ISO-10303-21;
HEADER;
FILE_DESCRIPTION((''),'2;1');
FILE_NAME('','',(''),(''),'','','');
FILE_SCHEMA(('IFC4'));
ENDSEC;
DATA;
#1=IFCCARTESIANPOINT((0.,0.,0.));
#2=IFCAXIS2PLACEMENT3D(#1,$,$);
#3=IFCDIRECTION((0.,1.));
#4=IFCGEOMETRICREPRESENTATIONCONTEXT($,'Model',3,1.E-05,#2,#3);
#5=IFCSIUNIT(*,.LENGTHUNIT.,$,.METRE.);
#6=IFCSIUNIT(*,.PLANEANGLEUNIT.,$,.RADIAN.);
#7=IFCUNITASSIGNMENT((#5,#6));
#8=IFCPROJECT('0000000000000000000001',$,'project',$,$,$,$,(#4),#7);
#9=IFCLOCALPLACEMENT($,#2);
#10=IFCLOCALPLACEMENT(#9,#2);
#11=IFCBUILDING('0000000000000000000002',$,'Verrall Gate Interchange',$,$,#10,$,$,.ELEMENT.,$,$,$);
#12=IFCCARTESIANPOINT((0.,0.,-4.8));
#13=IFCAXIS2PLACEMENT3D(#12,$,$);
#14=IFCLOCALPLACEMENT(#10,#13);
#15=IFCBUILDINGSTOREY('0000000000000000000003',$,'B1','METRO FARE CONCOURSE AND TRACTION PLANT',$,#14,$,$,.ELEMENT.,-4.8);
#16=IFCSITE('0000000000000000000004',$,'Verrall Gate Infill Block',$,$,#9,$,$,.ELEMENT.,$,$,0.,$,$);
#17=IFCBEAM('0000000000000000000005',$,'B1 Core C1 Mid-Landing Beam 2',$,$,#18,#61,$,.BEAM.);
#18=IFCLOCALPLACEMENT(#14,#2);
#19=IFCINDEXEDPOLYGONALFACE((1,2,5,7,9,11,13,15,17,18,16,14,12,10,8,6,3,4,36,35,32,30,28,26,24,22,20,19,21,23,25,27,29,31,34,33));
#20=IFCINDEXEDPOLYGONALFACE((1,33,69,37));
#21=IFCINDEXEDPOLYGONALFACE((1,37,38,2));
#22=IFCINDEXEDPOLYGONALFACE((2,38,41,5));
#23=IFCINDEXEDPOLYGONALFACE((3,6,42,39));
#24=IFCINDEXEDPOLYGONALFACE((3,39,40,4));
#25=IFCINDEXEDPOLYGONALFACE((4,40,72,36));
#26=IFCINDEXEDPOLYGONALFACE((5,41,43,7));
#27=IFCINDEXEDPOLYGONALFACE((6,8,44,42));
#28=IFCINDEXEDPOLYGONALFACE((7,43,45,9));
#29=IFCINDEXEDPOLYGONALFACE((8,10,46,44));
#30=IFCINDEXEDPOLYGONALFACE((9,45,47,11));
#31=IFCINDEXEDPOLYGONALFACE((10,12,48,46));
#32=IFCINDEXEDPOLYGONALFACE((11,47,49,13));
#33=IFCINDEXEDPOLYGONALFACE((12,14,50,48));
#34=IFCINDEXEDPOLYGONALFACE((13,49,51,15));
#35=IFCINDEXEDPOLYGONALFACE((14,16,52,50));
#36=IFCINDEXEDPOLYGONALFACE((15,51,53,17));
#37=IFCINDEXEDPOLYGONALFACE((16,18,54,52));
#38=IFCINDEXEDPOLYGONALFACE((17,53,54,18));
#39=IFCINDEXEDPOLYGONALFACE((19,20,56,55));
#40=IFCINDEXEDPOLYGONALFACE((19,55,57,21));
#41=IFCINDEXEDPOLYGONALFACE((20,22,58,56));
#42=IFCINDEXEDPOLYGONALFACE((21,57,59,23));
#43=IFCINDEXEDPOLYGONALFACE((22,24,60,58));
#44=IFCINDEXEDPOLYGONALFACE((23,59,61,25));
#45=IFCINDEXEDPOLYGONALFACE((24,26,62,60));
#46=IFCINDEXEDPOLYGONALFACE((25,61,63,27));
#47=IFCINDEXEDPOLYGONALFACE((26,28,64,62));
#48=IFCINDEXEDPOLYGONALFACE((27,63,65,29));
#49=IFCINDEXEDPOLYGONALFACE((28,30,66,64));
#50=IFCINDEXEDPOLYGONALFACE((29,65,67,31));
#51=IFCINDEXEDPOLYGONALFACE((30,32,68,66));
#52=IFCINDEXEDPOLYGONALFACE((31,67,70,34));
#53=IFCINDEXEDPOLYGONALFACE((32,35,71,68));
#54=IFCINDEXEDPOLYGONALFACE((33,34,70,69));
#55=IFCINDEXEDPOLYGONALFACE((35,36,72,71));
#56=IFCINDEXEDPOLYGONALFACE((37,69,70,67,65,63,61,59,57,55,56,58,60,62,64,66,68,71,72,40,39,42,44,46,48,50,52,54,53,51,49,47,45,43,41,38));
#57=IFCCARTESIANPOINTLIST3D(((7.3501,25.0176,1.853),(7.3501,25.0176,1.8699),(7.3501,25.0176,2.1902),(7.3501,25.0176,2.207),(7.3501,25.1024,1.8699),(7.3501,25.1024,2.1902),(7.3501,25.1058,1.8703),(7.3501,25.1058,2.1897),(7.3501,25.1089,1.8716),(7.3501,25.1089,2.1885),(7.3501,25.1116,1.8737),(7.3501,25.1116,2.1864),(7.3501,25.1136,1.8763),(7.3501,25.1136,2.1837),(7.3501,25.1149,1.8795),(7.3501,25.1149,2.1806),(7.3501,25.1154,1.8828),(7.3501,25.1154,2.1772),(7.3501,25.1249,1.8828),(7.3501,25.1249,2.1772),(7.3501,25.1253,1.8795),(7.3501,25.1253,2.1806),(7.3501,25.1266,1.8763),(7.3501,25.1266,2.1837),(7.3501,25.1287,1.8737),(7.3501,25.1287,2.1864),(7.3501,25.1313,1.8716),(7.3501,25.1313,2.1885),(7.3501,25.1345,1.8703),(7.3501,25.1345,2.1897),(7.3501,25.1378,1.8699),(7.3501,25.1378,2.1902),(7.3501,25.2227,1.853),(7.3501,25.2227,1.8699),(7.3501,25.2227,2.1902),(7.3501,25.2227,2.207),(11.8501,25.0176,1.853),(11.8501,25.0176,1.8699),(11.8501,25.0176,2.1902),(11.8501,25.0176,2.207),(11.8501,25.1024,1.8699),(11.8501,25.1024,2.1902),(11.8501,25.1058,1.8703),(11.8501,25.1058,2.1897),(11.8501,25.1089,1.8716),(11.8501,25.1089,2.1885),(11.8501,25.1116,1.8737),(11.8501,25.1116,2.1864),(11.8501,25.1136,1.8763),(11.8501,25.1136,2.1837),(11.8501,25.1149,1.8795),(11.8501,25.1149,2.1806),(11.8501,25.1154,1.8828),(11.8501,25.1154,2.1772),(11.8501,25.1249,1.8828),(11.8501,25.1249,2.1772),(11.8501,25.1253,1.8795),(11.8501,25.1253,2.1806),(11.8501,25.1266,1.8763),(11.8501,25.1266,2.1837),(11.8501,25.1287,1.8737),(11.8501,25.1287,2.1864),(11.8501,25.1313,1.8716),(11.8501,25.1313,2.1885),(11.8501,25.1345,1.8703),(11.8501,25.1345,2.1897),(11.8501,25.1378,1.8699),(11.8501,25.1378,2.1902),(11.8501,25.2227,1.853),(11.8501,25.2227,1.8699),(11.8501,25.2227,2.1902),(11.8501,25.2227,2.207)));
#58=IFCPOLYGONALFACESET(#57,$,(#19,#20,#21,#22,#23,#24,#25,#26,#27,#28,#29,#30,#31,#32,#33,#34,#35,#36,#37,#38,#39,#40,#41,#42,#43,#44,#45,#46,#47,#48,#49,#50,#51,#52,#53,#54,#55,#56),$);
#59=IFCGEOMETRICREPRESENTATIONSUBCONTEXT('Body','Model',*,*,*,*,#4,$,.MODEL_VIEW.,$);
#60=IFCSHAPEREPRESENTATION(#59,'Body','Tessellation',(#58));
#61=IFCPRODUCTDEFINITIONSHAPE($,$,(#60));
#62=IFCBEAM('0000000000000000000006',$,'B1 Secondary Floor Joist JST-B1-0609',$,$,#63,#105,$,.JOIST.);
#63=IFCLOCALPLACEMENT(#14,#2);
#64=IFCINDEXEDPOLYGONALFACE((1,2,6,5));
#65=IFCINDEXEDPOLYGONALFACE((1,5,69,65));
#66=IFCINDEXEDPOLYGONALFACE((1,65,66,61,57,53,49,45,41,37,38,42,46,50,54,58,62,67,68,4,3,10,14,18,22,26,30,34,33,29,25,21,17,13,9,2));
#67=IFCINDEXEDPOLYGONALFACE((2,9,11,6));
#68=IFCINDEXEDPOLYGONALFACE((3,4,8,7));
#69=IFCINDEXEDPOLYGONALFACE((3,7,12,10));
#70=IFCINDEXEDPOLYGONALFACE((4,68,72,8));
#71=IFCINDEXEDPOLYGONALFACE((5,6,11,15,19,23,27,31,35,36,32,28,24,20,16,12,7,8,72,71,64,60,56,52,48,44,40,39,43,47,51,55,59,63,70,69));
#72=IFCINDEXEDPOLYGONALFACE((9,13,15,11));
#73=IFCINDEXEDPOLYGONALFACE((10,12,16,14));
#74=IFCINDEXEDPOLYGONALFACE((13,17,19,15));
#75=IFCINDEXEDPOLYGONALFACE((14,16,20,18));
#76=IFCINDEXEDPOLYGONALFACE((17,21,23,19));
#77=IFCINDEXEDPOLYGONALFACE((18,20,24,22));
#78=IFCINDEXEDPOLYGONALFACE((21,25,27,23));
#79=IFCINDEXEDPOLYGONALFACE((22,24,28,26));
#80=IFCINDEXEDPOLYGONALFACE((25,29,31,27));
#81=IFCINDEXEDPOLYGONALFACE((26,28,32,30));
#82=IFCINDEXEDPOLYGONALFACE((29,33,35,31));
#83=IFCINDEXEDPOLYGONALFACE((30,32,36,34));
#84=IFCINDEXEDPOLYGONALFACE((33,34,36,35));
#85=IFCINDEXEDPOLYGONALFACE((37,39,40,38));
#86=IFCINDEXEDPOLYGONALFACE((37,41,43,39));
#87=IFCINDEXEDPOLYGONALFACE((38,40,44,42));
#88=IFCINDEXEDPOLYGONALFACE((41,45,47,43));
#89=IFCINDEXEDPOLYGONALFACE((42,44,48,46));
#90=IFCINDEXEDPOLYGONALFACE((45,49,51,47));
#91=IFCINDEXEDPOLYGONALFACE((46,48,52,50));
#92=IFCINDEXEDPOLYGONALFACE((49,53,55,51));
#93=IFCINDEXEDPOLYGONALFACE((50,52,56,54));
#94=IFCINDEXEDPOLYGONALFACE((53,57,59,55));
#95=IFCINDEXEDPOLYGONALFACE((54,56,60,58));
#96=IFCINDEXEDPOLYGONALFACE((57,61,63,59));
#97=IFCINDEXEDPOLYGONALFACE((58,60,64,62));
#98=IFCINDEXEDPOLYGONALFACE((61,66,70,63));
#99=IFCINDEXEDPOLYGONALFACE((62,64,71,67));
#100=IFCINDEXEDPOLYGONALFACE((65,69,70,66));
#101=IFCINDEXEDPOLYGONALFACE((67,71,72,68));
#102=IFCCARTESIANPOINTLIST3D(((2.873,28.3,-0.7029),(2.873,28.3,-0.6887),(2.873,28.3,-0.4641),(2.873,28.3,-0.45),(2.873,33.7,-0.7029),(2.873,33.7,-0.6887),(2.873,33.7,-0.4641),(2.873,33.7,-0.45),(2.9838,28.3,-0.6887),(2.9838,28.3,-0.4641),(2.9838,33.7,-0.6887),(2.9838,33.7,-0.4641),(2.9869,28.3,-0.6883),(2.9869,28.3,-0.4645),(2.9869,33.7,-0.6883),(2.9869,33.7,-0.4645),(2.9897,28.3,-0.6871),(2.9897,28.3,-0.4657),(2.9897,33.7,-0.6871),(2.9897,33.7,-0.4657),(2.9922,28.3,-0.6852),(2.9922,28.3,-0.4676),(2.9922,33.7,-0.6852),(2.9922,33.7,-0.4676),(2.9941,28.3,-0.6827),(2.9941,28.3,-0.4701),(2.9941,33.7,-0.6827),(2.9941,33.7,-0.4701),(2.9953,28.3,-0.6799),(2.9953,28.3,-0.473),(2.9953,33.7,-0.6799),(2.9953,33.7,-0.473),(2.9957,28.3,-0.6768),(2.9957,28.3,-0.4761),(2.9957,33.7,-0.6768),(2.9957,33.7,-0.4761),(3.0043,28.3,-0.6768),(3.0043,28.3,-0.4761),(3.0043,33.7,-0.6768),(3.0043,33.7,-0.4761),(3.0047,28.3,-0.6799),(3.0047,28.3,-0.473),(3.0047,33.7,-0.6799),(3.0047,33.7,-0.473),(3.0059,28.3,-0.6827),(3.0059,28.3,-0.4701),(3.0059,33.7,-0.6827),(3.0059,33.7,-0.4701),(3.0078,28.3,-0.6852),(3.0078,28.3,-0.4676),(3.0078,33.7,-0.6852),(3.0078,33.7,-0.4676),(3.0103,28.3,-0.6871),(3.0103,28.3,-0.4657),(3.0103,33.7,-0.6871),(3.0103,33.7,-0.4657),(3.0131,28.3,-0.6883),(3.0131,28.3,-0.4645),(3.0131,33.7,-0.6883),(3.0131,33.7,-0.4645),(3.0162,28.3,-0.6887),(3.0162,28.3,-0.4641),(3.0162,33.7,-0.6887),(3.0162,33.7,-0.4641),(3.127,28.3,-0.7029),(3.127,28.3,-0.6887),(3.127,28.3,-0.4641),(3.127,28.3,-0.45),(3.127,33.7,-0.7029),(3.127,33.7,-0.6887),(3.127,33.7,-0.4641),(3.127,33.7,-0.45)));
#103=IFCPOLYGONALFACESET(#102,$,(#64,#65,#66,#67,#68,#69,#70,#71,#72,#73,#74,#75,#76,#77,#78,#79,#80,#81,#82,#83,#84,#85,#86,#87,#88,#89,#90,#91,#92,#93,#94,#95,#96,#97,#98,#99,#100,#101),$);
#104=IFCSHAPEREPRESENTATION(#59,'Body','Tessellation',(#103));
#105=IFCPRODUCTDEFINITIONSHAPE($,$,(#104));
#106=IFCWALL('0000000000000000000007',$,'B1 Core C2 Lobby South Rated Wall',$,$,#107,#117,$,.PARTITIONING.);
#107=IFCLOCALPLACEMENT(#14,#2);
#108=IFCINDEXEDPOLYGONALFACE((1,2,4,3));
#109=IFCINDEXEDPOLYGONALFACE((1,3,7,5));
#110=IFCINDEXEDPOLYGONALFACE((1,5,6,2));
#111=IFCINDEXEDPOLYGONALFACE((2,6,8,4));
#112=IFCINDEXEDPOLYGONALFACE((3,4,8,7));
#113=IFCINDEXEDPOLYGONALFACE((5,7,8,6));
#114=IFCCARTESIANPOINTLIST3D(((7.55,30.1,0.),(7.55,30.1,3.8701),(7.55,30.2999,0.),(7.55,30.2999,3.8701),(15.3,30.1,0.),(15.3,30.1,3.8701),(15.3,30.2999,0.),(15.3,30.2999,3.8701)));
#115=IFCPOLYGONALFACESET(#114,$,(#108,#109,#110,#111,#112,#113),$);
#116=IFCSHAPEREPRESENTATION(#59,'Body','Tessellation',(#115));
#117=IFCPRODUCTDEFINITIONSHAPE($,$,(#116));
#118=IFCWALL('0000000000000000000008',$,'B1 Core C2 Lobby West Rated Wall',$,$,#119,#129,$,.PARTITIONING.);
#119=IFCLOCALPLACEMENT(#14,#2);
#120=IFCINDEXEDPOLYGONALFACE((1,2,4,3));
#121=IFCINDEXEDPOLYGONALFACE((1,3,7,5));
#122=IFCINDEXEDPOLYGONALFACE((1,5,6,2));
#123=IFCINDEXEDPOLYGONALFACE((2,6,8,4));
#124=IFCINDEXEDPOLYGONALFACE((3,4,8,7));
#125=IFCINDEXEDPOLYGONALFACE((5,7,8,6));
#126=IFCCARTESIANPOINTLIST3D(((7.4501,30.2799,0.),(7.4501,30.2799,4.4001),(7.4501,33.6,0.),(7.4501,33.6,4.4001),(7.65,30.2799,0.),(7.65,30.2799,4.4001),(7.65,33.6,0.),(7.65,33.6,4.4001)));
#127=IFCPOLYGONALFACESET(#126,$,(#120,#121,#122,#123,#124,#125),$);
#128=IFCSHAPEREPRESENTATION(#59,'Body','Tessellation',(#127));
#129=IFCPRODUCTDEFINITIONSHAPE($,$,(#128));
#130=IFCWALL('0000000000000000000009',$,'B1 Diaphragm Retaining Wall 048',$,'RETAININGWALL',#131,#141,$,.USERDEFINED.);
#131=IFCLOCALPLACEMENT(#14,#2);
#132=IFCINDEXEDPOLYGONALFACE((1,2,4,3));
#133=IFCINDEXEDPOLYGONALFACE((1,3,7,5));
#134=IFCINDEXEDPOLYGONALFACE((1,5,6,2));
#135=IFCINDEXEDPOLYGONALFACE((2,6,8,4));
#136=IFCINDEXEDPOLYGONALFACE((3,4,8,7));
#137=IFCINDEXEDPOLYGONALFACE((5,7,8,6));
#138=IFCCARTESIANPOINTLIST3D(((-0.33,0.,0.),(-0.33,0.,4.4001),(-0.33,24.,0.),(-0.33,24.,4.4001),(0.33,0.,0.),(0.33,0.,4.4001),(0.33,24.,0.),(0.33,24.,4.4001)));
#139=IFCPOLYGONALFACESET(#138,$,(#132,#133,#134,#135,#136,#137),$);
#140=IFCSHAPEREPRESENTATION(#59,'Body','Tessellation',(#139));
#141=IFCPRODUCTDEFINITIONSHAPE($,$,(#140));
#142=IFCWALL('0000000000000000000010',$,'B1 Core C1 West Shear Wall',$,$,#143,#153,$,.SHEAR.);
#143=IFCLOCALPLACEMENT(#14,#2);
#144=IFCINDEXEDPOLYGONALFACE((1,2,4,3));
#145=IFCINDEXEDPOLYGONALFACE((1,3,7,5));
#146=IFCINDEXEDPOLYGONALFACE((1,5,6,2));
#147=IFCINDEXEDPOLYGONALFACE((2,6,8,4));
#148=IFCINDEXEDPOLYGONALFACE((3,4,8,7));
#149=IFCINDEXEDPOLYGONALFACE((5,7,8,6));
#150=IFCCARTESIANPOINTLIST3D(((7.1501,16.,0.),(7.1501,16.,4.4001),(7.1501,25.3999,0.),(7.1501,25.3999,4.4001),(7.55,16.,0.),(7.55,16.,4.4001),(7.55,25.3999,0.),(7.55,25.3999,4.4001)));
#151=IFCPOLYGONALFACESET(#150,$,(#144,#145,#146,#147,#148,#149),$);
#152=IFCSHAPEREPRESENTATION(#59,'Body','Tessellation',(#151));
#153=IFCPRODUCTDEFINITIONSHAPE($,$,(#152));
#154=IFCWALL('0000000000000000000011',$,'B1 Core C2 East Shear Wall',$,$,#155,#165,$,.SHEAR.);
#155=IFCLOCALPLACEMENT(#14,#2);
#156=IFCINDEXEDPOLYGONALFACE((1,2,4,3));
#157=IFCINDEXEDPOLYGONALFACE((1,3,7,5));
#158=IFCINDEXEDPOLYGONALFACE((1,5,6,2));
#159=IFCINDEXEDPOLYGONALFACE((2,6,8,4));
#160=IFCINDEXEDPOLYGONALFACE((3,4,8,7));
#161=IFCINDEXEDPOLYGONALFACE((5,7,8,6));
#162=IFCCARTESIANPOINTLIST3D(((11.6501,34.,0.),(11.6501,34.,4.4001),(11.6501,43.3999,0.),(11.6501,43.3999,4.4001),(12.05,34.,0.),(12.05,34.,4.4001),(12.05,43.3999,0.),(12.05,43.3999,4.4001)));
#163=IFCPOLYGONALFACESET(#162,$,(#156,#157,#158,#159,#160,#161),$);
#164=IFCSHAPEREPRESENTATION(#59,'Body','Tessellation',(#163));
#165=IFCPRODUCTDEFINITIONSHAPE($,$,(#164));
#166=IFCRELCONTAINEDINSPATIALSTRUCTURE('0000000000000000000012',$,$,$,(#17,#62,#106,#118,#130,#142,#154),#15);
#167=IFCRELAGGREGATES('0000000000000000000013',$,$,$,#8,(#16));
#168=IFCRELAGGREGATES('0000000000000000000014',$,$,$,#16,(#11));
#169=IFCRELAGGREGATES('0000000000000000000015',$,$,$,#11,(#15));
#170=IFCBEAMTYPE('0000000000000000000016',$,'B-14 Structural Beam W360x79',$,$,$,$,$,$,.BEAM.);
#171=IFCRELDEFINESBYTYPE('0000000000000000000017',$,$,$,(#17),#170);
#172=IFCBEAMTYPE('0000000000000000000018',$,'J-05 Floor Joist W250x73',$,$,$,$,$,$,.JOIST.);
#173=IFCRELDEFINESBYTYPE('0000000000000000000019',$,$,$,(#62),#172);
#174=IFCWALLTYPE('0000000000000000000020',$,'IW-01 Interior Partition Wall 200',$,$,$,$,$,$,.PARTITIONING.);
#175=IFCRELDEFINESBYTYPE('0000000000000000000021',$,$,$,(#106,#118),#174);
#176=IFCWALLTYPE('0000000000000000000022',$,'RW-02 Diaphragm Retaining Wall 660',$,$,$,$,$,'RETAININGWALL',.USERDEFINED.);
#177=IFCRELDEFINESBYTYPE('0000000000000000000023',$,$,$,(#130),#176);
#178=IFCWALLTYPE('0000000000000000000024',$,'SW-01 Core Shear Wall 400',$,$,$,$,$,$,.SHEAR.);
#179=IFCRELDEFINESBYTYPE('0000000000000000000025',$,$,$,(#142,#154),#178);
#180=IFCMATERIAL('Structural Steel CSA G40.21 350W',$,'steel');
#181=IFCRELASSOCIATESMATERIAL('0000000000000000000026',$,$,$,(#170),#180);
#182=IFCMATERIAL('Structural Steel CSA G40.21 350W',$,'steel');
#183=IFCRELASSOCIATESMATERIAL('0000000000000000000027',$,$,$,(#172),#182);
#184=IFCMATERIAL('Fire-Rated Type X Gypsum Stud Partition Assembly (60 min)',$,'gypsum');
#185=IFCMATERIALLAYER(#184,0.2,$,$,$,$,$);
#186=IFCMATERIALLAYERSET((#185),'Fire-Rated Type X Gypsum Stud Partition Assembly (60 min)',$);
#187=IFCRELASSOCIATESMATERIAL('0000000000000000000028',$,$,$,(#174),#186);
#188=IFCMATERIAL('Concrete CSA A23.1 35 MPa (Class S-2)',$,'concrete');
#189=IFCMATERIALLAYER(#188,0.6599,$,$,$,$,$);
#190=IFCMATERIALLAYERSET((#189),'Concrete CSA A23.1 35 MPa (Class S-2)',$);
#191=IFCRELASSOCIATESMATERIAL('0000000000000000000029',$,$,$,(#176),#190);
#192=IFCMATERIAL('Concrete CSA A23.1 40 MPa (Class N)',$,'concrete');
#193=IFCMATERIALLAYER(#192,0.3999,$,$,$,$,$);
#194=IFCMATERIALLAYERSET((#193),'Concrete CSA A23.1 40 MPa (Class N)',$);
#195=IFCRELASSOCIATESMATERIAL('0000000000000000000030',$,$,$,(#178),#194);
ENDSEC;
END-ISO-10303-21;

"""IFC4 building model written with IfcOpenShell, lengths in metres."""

from ifc_helpers import new_model, si_unit, direction, frame, frame_2d, origin, origin_2d, place, context, subcontext, project, spatial, rectangle, i_section, extrude, material, layer, layer_set, material_profile, profile_set, type_object, element, save


model = new_model("IFC4")

# Units and contexts
model_context = context("Model", 3, precision=1e-05, world=origin(), true_north=direction((0.0, 1.0)))
body_context = subcontext(model_context, "Body", "Model", "MODEL_VIEW")
ifc_project = project(units=[si_unit("LENGTHUNIT", "METRE"), si_unit("PLANEANGLEUNIT", "RADIAN")], contexts=[model_context])

# Site, building, storey
site_placement = place(None, origin())
site = spatial("IfcSite", under=ifc_project, at=site_placement, Name="Verrall Gate Infill Block", CompositionType="ELEMENT", RefElevation=0.0)
building_placement = place(site_placement, origin())
building = spatial("IfcBuilding", under=site, at=building_placement, Name="Verrall Gate Interchange", CompositionType="ELEMENT")
storey_placement = place(building_placement, frame((0.0, 0.0, -4.8)))
storey = spatial("IfcBuildingStorey", under=building, at=storey_placement, Name="B1", Description="METRO FARE CONCOURSE AND TRACTION PLANT", CompositionType="ELEMENT", Elevation=-4.8)

# Beams
ifc_material_1 = material(Name="Structural Steel CSA G40.21 350W", Category="steel")
ifc_material_profile_1 = material_profile(ifc_material_1, i_section(OverallWidth=0.2051, OverallDepth=0.354, WebThickness=0.0095, FlangeThickness=0.0168, FilletRadius=0.0129, at=origin_2d()), Name="W360x79")
ifc_profile_set_1 = profile_set([ifc_material_profile_1], Name="Structural Steel CSA G40.21 350W")
beam_type_1 = type_object("IfcBeamType", Name="B-14 Structural Beam W360x79", PredefinedType="BEAM", material=ifc_profile_set_1)
beam_1_placement = place(storey_placement, frame((7.3501, 25.1201, 2.03), z_axis=(1.0, 0.0, 0.0), x_axis=(0.0, 1.0, 0.0)))
element("IfcBeam", 1, at=beam_1_placement, inside=storey, type_object=beam_type_1, Name="B1 Core C1 Mid-Landing Beam 2", PredefinedType="BEAM", context=body_context, shape_type="SweptSolid", body=[
    extrude(i_section(OverallWidth=0.2051, OverallDepth=0.354, WebThickness=0.0095, FlangeThickness=0.0168, FilletRadius=0.0129, at=origin_2d()), origin(), (0.0, 0.0, 1.0), 4.5),
])
ifc_material_2 = material(Name="Structural Steel CSA G40.21 350W", Category="steel")
ifc_material_profile_2 = material_profile(ifc_material_2, i_section(OverallWidth=0.2539, OverallDepth=0.2529, WebThickness=0.0085, FlangeThickness=0.0142, FilletRadius=0.012, at=origin_2d()), Name="W250x73")
ifc_profile_set_2 = profile_set([ifc_material_profile_2], Name="Structural Steel CSA G40.21 350W")
beam_type_2 = type_object("IfcBeamType", Name="J-05 Floor Joist W250x73", PredefinedType="JOIST", material=ifc_profile_set_2)
beam_2_placement = place(storey_placement, frame((3.0, 28.3, -0.5764), z_axis=(0.0, 1.0, 0.0), x_axis=(-1.0, 0.0, 0.0)))
element("IfcBeam", 2, at=beam_2_placement, inside=storey, type_object=beam_type_2, Name="B1 Secondary Floor Joist JST-B1-0609", PredefinedType="JOIST", context=body_context, shape_type="SweptSolid", body=[
    extrude(i_section(OverallWidth=0.2539, OverallDepth=0.2529, WebThickness=0.0085, FlangeThickness=0.0142, FilletRadius=0.012, at=origin_2d()), origin(), (0.0, 0.0, 1.0), 5.3999),
])

# Walls
ifc_material_3 = material(Name="Fire-Rated Type X Gypsum Stud Partition Assembly (60 min)", Category="gypsum")
ifc_layer_1 = layer(ifc_material_3, 0.2)
ifc_layer_set_1 = layer_set([ifc_layer_1], Name="Fire-Rated Type X Gypsum Stud Partition Assembly (60 min)")
wall_type_1 = type_object("IfcWallType", Name="IW-01 Interior Partition Wall 200", PredefinedType="PARTITIONING", material=ifc_layer_set_1)
wall_1_placement = place(storey_placement, frame((7.55, 30.2, 0.0), z_axis=(0.0, 0.0, 1.0), x_axis=(1.0, 0.0, 0.0)))
element("IfcWall", 3, at=wall_1_placement, inside=storey, type_object=wall_type_1, Name="B1 Core C2 Lobby South Rated Wall", PredefinedType="PARTITIONING", context=body_context, shape_type="SweptSolid", body=[
    extrude(rectangle(XDim=7.75, YDim=0.2, at=frame_2d((3.875, 0.0))), origin(), (0.0, 0.0, 1.0), 3.8701),
])
wall_2_placement = place(storey_placement, frame((7.55, 33.6001, 0.0), z_axis=(0.0, 0.0, 1.0), x_axis=(0.0, -1.0, 0.0)))
element("IfcWall", 4, at=wall_2_placement, inside=storey, type_object=wall_type_1, Name="B1 Core C2 Lobby West Rated Wall", PredefinedType="PARTITIONING", context=body_context, shape_type="SweptSolid", body=[
    extrude(rectangle(XDim=3.3201, YDim=0.2, at=frame_2d((1.6602, 0.0))), origin(), (0.0, 0.0, 1.0), 4.4001),
])
ifc_material_4 = material(Name="Concrete CSA A23.1 35 MPa (Class S-2)", Category="concrete")
ifc_layer_2 = layer(ifc_material_4, 0.6599)
ifc_layer_set_2 = layer_set([ifc_layer_2], Name="Concrete CSA A23.1 35 MPa (Class S-2)")
wall_type_2 = type_object("IfcWallType", Name="RW-02 Diaphragm Retaining Wall 660", ElementType="RETAININGWALL", PredefinedType="USERDEFINED", material=ifc_layer_set_2)
wall_3_placement = place(storey_placement, frame((0.0, 24.0, 0.0), z_axis=(0.0, 0.0, 1.0), x_axis=(0.0, -1.0, 0.0)))
element("IfcWall", 5, at=wall_3_placement, inside=storey, type_object=wall_type_2, Name="B1 Diaphragm Retaining Wall 048", ObjectType="RETAININGWALL", PredefinedType="USERDEFINED", context=body_context, shape_type="SweptSolid", body=[
    extrude(rectangle(XDim=24.0, YDim=0.6599, at=frame_2d((12.0, 0.0))), origin(), (0.0, 0.0, 1.0), 4.4001),
])
ifc_material_5 = material(Name="Concrete CSA A23.1 40 MPa (Class N)", Category="concrete")
ifc_layer_3 = layer(ifc_material_5, 0.3999)
ifc_layer_set_3 = layer_set([ifc_layer_3], Name="Concrete CSA A23.1 40 MPa (Class N)")
wall_type_3 = type_object("IfcWallType", Name="SW-01 Core Shear Wall 400", PredefinedType="SHEAR", material=ifc_layer_set_3)
wall_4_placement = place(storey_placement, frame((7.3501, 25.3999, 0.0), z_axis=(0.0, 0.0, 1.0), x_axis=(0.0, -1.0, 0.0)))
element("IfcWall", 6, at=wall_4_placement, inside=storey, type_object=wall_type_3, Name="B1 Core C1 West Shear Wall", PredefinedType="SHEAR", context=body_context, shape_type="SweptSolid", body=[
    extrude(rectangle(XDim=9.3999, YDim=0.3999, at=frame_2d((4.7, 0.0))), origin(), (0.0, 0.0, 1.0), 4.4001),
])

# Wall
wall_5_placement = place(storey_placement, frame((11.8501, 34.0, 0.0), z_axis=(0.0, 0.0, 1.0), x_axis=(0.0, 1.0, 0.0)))
element("IfcWall", 7, at=wall_5_placement, inside=storey, type_object=wall_type_3, Name="B1 Core C2 East Shear Wall", PredefinedType="SHEAR", context=body_context, shape_type="SweptSolid", body=[
    extrude(rectangle(XDim=9.3999, YDim=0.3999, at=frame_2d((4.7, 0.0))), origin(), (0.0, 0.0, 1.0), 4.4001),
])

save(model, "model.ifc")
